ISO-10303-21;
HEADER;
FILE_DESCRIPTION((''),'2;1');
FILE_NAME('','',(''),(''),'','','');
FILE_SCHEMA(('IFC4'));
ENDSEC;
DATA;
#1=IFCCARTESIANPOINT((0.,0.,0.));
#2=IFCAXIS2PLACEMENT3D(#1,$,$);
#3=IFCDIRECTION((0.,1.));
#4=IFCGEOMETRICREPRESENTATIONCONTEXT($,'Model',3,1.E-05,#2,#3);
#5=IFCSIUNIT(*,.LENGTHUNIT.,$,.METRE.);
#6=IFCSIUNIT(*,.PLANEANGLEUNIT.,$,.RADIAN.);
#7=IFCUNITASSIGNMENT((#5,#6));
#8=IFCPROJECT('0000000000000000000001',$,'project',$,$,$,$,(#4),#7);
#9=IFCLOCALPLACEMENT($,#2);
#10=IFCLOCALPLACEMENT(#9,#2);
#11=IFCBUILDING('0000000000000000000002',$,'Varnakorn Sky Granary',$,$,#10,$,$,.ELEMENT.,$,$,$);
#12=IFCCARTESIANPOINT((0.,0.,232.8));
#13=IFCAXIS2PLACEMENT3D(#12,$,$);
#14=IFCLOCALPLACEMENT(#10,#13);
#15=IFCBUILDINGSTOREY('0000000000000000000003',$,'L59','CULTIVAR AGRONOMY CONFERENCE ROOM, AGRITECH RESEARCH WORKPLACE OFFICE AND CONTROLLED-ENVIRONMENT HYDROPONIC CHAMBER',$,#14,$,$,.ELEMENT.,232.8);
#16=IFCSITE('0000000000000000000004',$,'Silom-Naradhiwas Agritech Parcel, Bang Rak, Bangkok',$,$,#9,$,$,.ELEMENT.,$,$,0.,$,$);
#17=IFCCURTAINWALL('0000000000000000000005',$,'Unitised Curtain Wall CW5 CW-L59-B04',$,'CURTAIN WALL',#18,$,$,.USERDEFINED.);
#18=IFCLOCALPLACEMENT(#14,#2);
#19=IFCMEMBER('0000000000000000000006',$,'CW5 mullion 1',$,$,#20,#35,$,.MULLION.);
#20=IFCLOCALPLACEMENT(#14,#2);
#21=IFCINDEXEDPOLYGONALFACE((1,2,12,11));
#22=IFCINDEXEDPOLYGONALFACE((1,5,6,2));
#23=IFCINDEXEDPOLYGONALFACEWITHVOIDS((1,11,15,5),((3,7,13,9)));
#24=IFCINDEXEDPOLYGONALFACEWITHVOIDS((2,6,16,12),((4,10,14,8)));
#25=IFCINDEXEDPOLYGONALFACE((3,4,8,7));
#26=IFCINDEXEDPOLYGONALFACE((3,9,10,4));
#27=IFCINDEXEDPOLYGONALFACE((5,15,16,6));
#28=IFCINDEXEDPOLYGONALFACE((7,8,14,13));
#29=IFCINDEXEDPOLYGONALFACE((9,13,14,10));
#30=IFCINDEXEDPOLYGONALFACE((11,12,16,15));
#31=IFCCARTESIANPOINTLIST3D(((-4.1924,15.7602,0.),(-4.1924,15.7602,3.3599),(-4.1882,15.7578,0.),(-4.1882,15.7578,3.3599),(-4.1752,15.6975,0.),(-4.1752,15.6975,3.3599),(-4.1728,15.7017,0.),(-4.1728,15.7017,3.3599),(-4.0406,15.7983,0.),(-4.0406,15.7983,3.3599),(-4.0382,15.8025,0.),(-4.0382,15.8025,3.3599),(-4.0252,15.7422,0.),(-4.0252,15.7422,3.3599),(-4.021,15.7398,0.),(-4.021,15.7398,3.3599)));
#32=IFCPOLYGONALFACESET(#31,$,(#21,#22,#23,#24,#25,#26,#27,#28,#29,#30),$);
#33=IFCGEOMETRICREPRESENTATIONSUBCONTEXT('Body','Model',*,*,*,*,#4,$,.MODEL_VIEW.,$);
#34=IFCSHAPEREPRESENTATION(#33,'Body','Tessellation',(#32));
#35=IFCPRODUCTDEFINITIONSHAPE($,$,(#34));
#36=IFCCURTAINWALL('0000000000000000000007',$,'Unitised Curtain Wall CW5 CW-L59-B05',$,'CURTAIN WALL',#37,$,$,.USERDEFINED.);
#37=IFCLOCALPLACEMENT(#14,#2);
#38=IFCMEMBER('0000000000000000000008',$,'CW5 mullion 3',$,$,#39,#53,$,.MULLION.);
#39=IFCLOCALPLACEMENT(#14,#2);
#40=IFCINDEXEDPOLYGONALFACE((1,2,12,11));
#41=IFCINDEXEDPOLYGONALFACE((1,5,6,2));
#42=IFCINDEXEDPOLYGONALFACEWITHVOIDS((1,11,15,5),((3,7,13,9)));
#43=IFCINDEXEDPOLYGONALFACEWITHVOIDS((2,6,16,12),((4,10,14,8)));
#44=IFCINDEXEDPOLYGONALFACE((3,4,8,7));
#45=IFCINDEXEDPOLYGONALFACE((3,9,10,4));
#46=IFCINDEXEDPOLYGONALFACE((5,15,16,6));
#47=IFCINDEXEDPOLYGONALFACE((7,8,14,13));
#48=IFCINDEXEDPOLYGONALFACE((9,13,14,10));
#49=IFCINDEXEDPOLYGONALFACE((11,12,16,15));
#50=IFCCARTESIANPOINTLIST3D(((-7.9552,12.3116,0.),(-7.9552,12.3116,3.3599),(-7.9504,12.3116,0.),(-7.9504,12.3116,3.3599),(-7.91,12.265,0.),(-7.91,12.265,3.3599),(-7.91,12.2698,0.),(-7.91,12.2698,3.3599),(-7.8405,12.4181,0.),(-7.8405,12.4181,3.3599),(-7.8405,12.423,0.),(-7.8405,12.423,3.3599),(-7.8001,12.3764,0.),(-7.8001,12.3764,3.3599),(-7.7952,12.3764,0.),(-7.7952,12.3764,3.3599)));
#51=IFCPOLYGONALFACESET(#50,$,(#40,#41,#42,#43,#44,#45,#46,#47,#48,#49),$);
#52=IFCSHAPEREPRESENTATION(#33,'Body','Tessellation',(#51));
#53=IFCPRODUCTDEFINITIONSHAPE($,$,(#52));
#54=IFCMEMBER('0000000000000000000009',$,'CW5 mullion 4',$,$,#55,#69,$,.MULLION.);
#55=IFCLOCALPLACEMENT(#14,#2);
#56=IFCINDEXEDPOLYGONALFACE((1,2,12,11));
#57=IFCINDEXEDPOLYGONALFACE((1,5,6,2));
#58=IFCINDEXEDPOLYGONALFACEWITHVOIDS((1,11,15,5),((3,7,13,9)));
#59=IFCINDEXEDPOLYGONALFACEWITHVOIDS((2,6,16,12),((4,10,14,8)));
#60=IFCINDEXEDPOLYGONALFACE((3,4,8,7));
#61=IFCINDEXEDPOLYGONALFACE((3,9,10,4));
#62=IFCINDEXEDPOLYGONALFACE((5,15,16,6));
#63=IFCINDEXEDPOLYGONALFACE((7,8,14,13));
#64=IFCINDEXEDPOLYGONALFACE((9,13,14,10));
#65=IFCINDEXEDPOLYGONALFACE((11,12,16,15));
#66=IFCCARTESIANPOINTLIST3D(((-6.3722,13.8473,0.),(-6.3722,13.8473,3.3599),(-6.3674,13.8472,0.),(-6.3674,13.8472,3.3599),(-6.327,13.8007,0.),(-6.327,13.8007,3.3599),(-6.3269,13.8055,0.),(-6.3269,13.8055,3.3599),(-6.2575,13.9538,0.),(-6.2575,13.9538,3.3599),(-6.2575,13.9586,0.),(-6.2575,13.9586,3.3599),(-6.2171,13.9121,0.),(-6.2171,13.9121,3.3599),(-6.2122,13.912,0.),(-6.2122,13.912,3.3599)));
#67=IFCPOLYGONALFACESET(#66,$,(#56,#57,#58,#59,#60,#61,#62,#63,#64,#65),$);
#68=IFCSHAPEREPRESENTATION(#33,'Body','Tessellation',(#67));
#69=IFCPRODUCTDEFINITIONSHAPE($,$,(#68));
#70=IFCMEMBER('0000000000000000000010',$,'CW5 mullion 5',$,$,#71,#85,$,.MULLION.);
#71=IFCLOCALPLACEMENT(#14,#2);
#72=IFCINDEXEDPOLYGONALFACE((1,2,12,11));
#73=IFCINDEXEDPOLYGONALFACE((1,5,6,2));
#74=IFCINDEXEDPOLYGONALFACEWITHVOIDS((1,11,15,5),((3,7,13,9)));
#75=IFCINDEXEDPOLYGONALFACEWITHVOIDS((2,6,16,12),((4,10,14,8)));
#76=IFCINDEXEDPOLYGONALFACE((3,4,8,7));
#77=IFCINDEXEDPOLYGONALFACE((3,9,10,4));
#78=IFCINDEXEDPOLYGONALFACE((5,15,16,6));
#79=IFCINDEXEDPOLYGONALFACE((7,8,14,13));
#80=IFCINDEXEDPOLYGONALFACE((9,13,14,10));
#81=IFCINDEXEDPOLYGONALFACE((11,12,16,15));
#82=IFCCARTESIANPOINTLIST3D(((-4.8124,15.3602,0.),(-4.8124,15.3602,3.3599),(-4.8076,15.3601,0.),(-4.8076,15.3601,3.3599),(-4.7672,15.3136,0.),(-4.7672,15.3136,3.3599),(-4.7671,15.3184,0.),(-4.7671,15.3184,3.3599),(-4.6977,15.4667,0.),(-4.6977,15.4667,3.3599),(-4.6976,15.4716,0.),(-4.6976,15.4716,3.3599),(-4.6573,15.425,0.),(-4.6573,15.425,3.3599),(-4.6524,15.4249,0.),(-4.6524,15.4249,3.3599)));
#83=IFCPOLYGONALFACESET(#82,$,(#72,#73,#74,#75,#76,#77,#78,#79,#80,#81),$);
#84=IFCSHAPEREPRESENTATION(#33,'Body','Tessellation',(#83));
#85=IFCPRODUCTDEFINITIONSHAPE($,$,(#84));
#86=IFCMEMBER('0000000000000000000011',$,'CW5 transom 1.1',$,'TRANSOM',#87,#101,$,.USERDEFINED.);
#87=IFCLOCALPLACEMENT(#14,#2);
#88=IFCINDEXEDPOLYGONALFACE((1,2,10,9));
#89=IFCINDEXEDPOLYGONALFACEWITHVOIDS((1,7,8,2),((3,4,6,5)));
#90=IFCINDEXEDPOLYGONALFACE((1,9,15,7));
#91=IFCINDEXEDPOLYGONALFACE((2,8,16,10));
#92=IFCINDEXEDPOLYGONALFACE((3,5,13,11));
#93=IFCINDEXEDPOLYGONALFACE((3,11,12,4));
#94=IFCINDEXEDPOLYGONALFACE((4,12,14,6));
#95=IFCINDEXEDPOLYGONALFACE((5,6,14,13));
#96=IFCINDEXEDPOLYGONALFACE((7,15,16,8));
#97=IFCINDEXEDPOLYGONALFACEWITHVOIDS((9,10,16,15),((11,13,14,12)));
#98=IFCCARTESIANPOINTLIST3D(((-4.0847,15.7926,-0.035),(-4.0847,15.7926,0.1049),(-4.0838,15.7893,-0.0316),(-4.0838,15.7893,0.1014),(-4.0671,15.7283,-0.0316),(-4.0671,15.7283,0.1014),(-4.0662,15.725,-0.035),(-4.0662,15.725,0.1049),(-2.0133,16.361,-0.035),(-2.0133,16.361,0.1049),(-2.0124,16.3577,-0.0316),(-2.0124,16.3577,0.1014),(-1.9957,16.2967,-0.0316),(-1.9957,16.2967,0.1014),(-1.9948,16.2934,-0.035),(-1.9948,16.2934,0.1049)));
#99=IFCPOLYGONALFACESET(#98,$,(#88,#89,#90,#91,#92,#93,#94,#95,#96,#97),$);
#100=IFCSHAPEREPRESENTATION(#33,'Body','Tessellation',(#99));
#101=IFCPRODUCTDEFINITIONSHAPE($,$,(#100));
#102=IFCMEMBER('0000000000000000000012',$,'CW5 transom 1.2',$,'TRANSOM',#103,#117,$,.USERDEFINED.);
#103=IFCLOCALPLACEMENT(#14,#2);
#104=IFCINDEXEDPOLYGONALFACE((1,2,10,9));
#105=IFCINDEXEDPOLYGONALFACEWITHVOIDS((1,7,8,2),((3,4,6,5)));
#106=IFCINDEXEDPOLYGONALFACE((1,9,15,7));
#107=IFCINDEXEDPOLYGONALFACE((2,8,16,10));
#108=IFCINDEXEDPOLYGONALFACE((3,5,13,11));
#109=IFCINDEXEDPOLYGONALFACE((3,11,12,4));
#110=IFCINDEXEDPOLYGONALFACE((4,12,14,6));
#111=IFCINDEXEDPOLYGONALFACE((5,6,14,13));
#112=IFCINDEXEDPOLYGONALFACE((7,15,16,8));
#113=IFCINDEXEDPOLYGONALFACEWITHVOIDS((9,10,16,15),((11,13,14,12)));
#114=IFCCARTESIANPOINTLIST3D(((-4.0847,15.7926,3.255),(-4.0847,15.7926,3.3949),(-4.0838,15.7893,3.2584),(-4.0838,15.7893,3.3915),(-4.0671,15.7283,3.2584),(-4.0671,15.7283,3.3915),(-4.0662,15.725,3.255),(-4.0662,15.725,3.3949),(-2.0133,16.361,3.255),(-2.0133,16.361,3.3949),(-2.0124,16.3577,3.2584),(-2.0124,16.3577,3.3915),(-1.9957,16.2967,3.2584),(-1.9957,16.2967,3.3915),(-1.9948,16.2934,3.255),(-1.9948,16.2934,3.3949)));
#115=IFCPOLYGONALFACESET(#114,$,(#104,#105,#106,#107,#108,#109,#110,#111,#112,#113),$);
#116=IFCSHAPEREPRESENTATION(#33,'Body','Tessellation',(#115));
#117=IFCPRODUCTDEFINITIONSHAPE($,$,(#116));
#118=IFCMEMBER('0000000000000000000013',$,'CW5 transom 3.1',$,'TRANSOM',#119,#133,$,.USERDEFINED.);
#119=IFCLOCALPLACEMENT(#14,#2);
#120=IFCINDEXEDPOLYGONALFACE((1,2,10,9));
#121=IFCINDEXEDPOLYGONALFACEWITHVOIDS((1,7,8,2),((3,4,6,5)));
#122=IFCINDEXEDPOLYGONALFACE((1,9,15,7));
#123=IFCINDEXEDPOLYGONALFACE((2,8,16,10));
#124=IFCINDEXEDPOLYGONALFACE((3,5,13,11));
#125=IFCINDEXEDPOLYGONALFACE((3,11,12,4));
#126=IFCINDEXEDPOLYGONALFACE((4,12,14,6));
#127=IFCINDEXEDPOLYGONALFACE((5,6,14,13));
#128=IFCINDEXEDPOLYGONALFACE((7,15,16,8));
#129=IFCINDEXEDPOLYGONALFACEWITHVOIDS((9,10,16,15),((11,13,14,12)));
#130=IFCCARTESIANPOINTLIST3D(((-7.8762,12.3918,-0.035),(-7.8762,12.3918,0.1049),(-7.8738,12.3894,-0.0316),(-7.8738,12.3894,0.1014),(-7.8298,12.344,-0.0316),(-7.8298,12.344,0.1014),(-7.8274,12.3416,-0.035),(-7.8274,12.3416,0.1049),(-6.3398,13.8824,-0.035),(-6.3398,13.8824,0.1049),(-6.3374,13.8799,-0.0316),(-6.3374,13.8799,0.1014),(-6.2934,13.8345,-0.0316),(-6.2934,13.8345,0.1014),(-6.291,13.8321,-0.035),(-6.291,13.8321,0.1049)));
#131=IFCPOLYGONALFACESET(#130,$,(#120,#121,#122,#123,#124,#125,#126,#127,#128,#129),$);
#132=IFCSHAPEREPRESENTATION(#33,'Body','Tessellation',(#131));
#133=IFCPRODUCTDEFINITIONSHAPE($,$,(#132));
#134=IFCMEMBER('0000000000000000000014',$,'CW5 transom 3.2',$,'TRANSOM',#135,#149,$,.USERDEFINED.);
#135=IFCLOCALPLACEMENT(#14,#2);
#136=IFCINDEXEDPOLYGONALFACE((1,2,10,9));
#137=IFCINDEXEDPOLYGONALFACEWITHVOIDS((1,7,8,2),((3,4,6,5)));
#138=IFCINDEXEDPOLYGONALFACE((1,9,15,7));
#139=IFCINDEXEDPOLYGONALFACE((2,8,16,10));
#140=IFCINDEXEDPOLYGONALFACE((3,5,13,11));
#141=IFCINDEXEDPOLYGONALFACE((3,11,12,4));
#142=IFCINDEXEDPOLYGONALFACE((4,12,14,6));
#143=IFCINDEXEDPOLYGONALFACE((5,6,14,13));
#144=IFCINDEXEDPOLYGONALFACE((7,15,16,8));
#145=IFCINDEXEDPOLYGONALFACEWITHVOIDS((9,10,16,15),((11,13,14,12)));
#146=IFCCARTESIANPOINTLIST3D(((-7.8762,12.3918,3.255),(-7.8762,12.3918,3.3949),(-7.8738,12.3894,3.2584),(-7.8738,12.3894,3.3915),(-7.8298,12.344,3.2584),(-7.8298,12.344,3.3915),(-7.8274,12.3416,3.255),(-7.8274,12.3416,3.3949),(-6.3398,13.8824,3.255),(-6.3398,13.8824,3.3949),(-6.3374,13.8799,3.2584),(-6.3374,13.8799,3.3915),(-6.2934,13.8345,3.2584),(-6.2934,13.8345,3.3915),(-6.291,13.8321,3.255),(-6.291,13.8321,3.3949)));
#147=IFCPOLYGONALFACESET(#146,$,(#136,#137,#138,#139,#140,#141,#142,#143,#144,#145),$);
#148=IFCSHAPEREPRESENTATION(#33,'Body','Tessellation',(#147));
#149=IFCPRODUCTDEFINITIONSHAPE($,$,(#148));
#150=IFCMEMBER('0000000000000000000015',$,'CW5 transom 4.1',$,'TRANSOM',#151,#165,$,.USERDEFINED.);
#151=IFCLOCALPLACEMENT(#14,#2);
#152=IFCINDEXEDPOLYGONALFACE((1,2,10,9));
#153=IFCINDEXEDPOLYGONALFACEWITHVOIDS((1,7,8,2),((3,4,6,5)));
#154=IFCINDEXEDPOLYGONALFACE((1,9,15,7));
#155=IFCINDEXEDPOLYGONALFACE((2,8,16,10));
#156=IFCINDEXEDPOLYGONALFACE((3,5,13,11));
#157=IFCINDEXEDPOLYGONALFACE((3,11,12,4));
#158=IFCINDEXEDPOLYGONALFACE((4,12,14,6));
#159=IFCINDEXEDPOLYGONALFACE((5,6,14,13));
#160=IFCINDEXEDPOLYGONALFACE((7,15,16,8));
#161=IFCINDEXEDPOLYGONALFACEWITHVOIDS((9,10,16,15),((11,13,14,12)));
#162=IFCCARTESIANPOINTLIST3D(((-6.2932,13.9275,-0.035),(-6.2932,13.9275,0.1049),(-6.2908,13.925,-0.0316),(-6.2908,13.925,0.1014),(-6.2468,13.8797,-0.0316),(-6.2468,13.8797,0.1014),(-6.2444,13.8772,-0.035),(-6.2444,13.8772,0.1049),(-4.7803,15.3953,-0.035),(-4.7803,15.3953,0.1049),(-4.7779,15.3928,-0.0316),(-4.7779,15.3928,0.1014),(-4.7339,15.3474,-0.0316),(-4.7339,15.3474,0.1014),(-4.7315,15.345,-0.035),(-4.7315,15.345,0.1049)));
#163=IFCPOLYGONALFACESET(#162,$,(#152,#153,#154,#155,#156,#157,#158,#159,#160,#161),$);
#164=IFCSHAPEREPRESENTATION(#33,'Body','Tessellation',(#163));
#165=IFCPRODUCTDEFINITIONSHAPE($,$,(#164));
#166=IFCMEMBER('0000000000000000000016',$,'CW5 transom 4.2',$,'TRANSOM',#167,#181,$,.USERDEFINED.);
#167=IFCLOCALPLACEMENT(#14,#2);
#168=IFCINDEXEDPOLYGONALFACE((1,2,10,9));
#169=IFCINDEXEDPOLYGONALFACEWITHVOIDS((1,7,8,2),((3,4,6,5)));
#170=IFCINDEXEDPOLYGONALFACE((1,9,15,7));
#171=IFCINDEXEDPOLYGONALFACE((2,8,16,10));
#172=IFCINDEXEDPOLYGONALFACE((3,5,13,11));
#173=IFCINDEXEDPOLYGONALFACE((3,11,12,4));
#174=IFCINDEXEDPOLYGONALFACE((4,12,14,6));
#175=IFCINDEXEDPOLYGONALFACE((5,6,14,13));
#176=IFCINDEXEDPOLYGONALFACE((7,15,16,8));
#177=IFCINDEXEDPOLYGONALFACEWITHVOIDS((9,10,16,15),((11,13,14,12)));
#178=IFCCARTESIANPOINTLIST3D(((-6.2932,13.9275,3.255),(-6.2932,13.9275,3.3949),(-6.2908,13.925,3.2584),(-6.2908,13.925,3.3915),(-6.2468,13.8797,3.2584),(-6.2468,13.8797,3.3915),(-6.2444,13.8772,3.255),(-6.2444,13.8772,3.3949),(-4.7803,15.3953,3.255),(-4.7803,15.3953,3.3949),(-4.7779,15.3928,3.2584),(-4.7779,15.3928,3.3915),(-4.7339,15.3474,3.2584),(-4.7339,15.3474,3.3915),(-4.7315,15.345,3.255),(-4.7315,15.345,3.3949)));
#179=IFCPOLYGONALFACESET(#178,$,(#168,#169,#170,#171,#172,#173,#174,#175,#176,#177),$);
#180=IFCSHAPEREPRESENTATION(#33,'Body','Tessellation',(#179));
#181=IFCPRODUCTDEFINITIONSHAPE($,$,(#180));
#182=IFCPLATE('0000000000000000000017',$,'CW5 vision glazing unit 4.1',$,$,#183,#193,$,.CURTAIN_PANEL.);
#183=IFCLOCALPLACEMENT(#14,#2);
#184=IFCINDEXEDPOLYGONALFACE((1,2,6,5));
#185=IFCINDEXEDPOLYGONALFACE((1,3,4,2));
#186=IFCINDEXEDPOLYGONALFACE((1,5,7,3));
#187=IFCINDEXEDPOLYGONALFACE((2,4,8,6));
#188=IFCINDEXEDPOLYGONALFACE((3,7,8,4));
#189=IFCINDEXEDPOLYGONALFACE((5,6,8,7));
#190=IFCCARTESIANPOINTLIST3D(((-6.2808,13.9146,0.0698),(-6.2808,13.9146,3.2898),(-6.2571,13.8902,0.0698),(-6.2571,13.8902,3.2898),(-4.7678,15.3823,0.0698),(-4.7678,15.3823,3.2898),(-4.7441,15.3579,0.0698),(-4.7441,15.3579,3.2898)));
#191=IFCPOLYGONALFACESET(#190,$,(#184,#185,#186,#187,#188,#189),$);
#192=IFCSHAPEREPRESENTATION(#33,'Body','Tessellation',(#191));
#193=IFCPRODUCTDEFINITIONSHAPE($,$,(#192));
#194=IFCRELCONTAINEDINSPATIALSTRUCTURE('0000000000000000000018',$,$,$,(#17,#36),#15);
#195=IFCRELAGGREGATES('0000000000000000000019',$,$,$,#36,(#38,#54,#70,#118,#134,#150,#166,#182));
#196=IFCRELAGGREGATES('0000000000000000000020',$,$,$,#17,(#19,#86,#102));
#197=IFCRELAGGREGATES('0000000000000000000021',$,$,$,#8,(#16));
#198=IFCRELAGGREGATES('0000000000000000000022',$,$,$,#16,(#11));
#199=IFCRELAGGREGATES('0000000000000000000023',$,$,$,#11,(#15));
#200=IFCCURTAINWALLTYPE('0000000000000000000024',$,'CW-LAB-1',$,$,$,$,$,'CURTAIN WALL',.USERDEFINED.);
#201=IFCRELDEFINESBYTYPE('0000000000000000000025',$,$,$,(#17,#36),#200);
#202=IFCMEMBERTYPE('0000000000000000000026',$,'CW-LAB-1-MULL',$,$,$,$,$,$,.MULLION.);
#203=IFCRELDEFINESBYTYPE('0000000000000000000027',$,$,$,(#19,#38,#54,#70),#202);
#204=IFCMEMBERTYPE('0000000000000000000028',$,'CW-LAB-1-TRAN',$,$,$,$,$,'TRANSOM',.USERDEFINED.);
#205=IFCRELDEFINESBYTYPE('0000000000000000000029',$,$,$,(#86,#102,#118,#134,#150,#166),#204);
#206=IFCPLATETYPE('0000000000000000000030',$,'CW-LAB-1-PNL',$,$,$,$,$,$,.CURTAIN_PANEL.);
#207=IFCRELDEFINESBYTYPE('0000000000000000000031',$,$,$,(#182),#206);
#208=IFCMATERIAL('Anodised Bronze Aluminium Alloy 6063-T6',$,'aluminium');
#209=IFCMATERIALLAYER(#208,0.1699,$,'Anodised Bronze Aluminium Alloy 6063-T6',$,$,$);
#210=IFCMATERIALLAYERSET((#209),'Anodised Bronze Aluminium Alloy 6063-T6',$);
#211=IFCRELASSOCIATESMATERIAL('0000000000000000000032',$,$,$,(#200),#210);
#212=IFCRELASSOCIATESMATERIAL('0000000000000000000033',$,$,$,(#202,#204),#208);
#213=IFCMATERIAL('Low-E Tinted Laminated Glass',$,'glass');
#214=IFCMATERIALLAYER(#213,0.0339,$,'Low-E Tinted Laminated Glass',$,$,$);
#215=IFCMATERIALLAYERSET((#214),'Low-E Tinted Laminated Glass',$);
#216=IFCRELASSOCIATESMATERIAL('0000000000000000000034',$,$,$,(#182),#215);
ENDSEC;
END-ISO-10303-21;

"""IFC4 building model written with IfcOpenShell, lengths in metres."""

from ifc_helpers import new_model, si_unit, direction, frame, origin, origin_2d, place, context, subcontext, project, spatial, rectangle, hollow_rectangle, extrude, source, transform, mapped, material, layer, layer_set, material_profile, profile_set, type_object, element, aggregate, save


model = new_model("IFC4")

# Units and contexts
model_context = context("Model", 3, precision=1e-05, world=origin(), true_north=direction((0.0, 1.0)))
body_context = subcontext(model_context, "Body", "Model", "MODEL_VIEW")
ifc_project = project(units=[si_unit("LENGTHUNIT", "METRE"), si_unit("PLANEANGLEUNIT", "RADIAN")], contexts=[model_context])

# Site, building, storey
site_placement = place(None, origin())
site = spatial("IfcSite", under=ifc_project, at=site_placement, Name="Silom-Naradhiwas Agritech Parcel, Bang Rak, Bangkok", CompositionType="ELEMENT", RefElevation=0.0)
building_placement = place(site_placement, origin())
building = spatial("IfcBuilding", under=site, at=building_placement, Name="Varnakorn Sky Granary", CompositionType="ELEMENT")
storey_placement = place(building_placement, frame((0.0, 0.0, 232.8)))
storey = spatial("IfcBuildingStorey", under=building, at=storey_placement, Name="L59", Description="CULTIVAR AGRONOMY CONFERENCE ROOM, AGRITECH RESEARCH WORKPLACE OFFICE AND CONTROLLED-ENVIRONMENT HYDROPONIC CHAMBER", CompositionType="ELEMENT", Elevation=232.8)

# Curtain wall, member
ifc_material_1 = material(Name="Anodised Bronze Aluminium Alloy 6063-T6", Category="aluminium")
ifc_layer_1 = layer(ifc_material_1, 0.1699, Name="Anodised Bronze Aluminium Alloy 6063-T6")
ifc_layer_set_1 = layer_set([ifc_layer_1], Name="Anodised Bronze Aluminium Alloy 6063-T6")
curtain_wall_type = type_object("IfcCurtainWallType", Name="CW-LAB-1", ElementType="CURTAIN WALL", PredefinedType="USERDEFINED", material=ifc_layer_set_1)
curtain_wall_1_placement = place(storey_placement, origin())
curtain_wall_1 = element("IfcCurtainWall", 1, at=curtain_wall_1_placement, inside=storey, type_object=curtain_wall_type, Name="Unitised Curtain Wall CW5 CW-L59-B04", ObjectType="CURTAIN WALL", PredefinedType="USERDEFINED")
ifc_material_profile_1 = material_profile(ifc_material_1, hollow_rectangle(XDim=0.0649, YDim=0.1599, WallThickness=0.0034, at=origin_2d()), Name="ALU MULL 65x160")
ifc_profile_set_1 = profile_set([ifc_material_profile_1], Name="Anodised Bronze Aluminium Alloy 6063-T6")
member_type_1 = type_object("IfcMemberType", Name="CW-LAB-1-MULL", PredefinedType="MULLION", material=ifc_profile_set_1)
member_1_placement = place(storey_placement, frame((-4.1067, 15.75, 0.0), z_axis=(0.0, 0.0, 1.0), x_axis=(-0.26464, 0.964347, 0.0)))
member_1 = element("IfcMember", 2, at=member_1_placement, type_object=member_type_1, Name="CW5 mullion 1", PredefinedType="MULLION", context=body_context, shape_type="SweptSolid", body=[
    extrude(hollow_rectangle(XDim=0.0649, YDim=0.1599, WallThickness=0.0034, at=origin_2d()), origin(), (0.0, 0.0, 1.0), 3.3599),
])

# Curtain wall, members
curtain_wall_2_placement = place(storey_placement, origin())
curtain_wall_2 = element("IfcCurtainWall", 3, at=curtain_wall_2_placement, inside=storey, type_object=curtain_wall_type, Name="Unitised Curtain Wall CW5 CW-L59-B05", ObjectType="CURTAIN WALL", PredefinedType="USERDEFINED")
member_2_placement = place(storey_placement, frame((-7.8752, 12.344, 0.0), z_axis=(0.0, 0.0, 1.0), x_axis=(-0.696279, 0.717771, 0.0)))
member_2 = element("IfcMember", 4, at=member_2_placement, type_object=member_type_1, Name="CW5 mullion 3", PredefinedType="MULLION", context=body_context, shape_type="SweptSolid", body=[
    extrude(hollow_rectangle(XDim=0.0649, YDim=0.1599, WallThickness=0.0034, at=origin_2d()), origin(), (0.0, 0.0, 1.0), 3.3599),
])
member_3_placement = place(storey_placement, frame((-6.2922, 13.8796, 0.0), z_axis=(0.0, 0.0, 1.0), x_axis=(-0.696279, 0.717771, 0.0)))
member_3 = element("IfcMember", 5, at=member_3_placement, type_object=member_type_1, Name="CW5 mullion 4", PredefinedType="MULLION", context=body_context, shape_type="SweptSolid", body=[
    extrude(hollow_rectangle(XDim=0.0649, YDim=0.1599, WallThickness=0.0034, at=origin_2d()), origin(), (0.0, 0.0, 1.0), 3.3599),
])
member_4_placement = place(storey_placement, frame((-4.7324, 15.3926, 0.0), z_axis=(0.0, 0.0, 1.0), x_axis=(-0.696279, 0.717771, 0.0)))
member_4 = element("IfcMember", 6, at=member_4_placement, type_object=member_type_1, Name="CW5 mullion 5", PredefinedType="MULLION", context=body_context, shape_type="SweptSolid", body=[
    extrude(hollow_rectangle(XDim=0.0649, YDim=0.1599, WallThickness=0.0034, at=origin_2d()), origin(), (0.0, 0.0, 1.0), 3.3599),
])

# Members
ifc_material_profile_2 = material_profile(ifc_material_1, hollow_rectangle(XDim=0.0701, YDim=0.1399, WallThickness=0.0034, at=origin_2d()), Name="ALU TRAN 70x140")
ifc_profile_set_2 = profile_set([ifc_material_profile_2], Name="Anodised Bronze Aluminium Alloy 6063-T6")
member_type_2 = type_object("IfcMemberType", Name="CW-LAB-1-TRAN", ElementType="TRANSOM", PredefinedType="USERDEFINED", material=ifc_profile_set_2)
member_5_placement = place(storey_placement, frame((-4.0754, 15.7588, 0.0349), z_axis=(0.964353, 0.264617, 0.0), x_axis=(-0.264617, 0.964353, 0.0)))
member_5 = element("IfcMember", 7, at=member_5_placement, type_object=member_type_2, Name="CW5 transom 1.1", ObjectType="TRANSOM", PredefinedType="USERDEFINED", context=body_context, shape_type="SweptSolid", body=[
    extrude(hollow_rectangle(XDim=0.0701, YDim=0.1399, WallThickness=0.0034, at=origin_2d()), origin(), (0.0, 0.0, 1.0), 2.1479),
])
member_6_placement = place(storey_placement, frame((-4.0754, 15.7588, 3.325), z_axis=(0.964353, 0.264617, 0.0), x_axis=(-0.264617, 0.964353, 0.0)))
member_6 = element("IfcMember", 8, at=member_6_placement, type_object=member_type_2, Name="CW5 transom 1.2", ObjectType="TRANSOM", PredefinedType="USERDEFINED", context=body_context, shape_type="SweptSolid", body=[
    extrude(hollow_rectangle(XDim=0.0701, YDim=0.1399, WallThickness=0.0034, at=origin_2d()), origin(), (0.0, 0.0, 1.0), 2.1479),
])
member_7_placement = place(storey_placement, frame((-7.8518, 12.3667, 0.0349), z_axis=(0.717747, 0.696304, 0.0), x_axis=(-0.696304, 0.717747, 0.0)))
member_7 = element("IfcMember", 9, at=member_7_placement, type_object=member_type_2, Name="CW5 transom 3.1", ObjectType="TRANSOM", PredefinedType="USERDEFINED", context=body_context, shape_type="SweptSolid", body=[
    extrude(hollow_rectangle(XDim=0.0701, YDim=0.1399, WallThickness=0.0034, at=origin_2d()), origin(), (0.0, 0.0, 1.0), 2.1406),
])
member_8_placement = place(storey_placement, frame((-7.8518, 12.3667, 3.325), z_axis=(0.717747, 0.696304, 0.0), x_axis=(-0.696304, 0.717747, 0.0)))
member_8 = element("IfcMember", 10, at=member_8_placement, type_object=member_type_2, Name="CW5 transom 3.2", ObjectType="TRANSOM", PredefinedType="USERDEFINED", context=body_context, shape_type="SweptSolid", body=[
    extrude(hollow_rectangle(XDim=0.0701, YDim=0.1399, WallThickness=0.0034, at=origin_2d()), origin(), (0.0, 0.0, 1.0), 2.1406),
])
member_9_placement = place(storey_placement, frame((-6.2688, 13.9023, 0.0349), z_axis=(0.717739, 0.696312, 0.0), x_axis=(-0.696312, 0.717739, 0.0)))
member_9 = element("IfcMember", 11, at=member_9_placement, type_object=member_type_2, Name="CW5 transom 4.1", ObjectType="TRANSOM", PredefinedType="USERDEFINED", context=body_context, shape_type="SweptSolid", body=[
    extrude(hollow_rectangle(XDim=0.0701, YDim=0.1399, WallThickness=0.0034, at=origin_2d()), origin(), (0.0, 0.0, 1.0), 2.1079),
])
member_10_placement = place(storey_placement, frame((-6.2688, 13.9023, 3.325), z_axis=(0.717739, 0.696312, 0.0), x_axis=(-0.696312, 0.717739, 0.0)))
member_10 = element("IfcMember", 12, at=member_10_placement, type_object=member_type_2, Name="CW5 transom 4.2", ObjectType="TRANSOM", PredefinedType="USERDEFINED", context=body_context, shape_type="SweptSolid", body=[
    extrude(hollow_rectangle(XDim=0.0701, YDim=0.1399, WallThickness=0.0034, at=origin_2d()), origin(), (0.0, 0.0, 1.0), 2.1079),
])

# Plate
ifc_material_2 = material(Name="Low-E Tinted Laminated Glass", Category="glass")
ifc_layer_2 = layer(ifc_material_2, 0.0339, Name="Low-E Tinted Laminated Glass")
ifc_layer_set_2 = layer_set([ifc_layer_2], Name="Low-E Tinted Laminated Glass")
plate_type = type_object("IfcPlateType", Name="CW-LAB-1-PNL", PredefinedType="CURTAIN_PANEL")
shared_shape_1 = source(origin(), body_context, "Body", "SweptSolid", [
    extrude(rectangle(XDim=2.1079, YDim=0.0339, at=origin_2d()), origin(), (0.0, 0.0, 1.0), 3.22),
])
plate_1_placement = place(storey_placement, frame((-5.5125, 14.6362, 0.0698), z_axis=(0.0, 0.0, 1.0), x_axis=(0.717771, 0.696279, 0.0)))
plate_1 = element("IfcPlate", 13, at=plate_1_placement, type_object=plate_type, material=ifc_layer_set_2, Name="CW5 vision glazing unit 4.1", PredefinedType="CURTAIN_PANEL", context=body_context, shape_type="MappedRepresentation", body=[
    mapped(shared_shape_1, transform((0.0, 0.0, 0.0), x_axis=(1.0, 0.0, 0.0), y_axis=(0.0, 1.0, 0.0), z_axis=(0.0, 0.0, 1.0), scale=1.0)),
])
aggregate(curtain_wall_2, [member_2, member_3, member_4, member_7, member_8, member_9, member_10, plate_1])
aggregate(curtain_wall_1, [member_1, member_5, member_6])

save(model, "model.ifc")
